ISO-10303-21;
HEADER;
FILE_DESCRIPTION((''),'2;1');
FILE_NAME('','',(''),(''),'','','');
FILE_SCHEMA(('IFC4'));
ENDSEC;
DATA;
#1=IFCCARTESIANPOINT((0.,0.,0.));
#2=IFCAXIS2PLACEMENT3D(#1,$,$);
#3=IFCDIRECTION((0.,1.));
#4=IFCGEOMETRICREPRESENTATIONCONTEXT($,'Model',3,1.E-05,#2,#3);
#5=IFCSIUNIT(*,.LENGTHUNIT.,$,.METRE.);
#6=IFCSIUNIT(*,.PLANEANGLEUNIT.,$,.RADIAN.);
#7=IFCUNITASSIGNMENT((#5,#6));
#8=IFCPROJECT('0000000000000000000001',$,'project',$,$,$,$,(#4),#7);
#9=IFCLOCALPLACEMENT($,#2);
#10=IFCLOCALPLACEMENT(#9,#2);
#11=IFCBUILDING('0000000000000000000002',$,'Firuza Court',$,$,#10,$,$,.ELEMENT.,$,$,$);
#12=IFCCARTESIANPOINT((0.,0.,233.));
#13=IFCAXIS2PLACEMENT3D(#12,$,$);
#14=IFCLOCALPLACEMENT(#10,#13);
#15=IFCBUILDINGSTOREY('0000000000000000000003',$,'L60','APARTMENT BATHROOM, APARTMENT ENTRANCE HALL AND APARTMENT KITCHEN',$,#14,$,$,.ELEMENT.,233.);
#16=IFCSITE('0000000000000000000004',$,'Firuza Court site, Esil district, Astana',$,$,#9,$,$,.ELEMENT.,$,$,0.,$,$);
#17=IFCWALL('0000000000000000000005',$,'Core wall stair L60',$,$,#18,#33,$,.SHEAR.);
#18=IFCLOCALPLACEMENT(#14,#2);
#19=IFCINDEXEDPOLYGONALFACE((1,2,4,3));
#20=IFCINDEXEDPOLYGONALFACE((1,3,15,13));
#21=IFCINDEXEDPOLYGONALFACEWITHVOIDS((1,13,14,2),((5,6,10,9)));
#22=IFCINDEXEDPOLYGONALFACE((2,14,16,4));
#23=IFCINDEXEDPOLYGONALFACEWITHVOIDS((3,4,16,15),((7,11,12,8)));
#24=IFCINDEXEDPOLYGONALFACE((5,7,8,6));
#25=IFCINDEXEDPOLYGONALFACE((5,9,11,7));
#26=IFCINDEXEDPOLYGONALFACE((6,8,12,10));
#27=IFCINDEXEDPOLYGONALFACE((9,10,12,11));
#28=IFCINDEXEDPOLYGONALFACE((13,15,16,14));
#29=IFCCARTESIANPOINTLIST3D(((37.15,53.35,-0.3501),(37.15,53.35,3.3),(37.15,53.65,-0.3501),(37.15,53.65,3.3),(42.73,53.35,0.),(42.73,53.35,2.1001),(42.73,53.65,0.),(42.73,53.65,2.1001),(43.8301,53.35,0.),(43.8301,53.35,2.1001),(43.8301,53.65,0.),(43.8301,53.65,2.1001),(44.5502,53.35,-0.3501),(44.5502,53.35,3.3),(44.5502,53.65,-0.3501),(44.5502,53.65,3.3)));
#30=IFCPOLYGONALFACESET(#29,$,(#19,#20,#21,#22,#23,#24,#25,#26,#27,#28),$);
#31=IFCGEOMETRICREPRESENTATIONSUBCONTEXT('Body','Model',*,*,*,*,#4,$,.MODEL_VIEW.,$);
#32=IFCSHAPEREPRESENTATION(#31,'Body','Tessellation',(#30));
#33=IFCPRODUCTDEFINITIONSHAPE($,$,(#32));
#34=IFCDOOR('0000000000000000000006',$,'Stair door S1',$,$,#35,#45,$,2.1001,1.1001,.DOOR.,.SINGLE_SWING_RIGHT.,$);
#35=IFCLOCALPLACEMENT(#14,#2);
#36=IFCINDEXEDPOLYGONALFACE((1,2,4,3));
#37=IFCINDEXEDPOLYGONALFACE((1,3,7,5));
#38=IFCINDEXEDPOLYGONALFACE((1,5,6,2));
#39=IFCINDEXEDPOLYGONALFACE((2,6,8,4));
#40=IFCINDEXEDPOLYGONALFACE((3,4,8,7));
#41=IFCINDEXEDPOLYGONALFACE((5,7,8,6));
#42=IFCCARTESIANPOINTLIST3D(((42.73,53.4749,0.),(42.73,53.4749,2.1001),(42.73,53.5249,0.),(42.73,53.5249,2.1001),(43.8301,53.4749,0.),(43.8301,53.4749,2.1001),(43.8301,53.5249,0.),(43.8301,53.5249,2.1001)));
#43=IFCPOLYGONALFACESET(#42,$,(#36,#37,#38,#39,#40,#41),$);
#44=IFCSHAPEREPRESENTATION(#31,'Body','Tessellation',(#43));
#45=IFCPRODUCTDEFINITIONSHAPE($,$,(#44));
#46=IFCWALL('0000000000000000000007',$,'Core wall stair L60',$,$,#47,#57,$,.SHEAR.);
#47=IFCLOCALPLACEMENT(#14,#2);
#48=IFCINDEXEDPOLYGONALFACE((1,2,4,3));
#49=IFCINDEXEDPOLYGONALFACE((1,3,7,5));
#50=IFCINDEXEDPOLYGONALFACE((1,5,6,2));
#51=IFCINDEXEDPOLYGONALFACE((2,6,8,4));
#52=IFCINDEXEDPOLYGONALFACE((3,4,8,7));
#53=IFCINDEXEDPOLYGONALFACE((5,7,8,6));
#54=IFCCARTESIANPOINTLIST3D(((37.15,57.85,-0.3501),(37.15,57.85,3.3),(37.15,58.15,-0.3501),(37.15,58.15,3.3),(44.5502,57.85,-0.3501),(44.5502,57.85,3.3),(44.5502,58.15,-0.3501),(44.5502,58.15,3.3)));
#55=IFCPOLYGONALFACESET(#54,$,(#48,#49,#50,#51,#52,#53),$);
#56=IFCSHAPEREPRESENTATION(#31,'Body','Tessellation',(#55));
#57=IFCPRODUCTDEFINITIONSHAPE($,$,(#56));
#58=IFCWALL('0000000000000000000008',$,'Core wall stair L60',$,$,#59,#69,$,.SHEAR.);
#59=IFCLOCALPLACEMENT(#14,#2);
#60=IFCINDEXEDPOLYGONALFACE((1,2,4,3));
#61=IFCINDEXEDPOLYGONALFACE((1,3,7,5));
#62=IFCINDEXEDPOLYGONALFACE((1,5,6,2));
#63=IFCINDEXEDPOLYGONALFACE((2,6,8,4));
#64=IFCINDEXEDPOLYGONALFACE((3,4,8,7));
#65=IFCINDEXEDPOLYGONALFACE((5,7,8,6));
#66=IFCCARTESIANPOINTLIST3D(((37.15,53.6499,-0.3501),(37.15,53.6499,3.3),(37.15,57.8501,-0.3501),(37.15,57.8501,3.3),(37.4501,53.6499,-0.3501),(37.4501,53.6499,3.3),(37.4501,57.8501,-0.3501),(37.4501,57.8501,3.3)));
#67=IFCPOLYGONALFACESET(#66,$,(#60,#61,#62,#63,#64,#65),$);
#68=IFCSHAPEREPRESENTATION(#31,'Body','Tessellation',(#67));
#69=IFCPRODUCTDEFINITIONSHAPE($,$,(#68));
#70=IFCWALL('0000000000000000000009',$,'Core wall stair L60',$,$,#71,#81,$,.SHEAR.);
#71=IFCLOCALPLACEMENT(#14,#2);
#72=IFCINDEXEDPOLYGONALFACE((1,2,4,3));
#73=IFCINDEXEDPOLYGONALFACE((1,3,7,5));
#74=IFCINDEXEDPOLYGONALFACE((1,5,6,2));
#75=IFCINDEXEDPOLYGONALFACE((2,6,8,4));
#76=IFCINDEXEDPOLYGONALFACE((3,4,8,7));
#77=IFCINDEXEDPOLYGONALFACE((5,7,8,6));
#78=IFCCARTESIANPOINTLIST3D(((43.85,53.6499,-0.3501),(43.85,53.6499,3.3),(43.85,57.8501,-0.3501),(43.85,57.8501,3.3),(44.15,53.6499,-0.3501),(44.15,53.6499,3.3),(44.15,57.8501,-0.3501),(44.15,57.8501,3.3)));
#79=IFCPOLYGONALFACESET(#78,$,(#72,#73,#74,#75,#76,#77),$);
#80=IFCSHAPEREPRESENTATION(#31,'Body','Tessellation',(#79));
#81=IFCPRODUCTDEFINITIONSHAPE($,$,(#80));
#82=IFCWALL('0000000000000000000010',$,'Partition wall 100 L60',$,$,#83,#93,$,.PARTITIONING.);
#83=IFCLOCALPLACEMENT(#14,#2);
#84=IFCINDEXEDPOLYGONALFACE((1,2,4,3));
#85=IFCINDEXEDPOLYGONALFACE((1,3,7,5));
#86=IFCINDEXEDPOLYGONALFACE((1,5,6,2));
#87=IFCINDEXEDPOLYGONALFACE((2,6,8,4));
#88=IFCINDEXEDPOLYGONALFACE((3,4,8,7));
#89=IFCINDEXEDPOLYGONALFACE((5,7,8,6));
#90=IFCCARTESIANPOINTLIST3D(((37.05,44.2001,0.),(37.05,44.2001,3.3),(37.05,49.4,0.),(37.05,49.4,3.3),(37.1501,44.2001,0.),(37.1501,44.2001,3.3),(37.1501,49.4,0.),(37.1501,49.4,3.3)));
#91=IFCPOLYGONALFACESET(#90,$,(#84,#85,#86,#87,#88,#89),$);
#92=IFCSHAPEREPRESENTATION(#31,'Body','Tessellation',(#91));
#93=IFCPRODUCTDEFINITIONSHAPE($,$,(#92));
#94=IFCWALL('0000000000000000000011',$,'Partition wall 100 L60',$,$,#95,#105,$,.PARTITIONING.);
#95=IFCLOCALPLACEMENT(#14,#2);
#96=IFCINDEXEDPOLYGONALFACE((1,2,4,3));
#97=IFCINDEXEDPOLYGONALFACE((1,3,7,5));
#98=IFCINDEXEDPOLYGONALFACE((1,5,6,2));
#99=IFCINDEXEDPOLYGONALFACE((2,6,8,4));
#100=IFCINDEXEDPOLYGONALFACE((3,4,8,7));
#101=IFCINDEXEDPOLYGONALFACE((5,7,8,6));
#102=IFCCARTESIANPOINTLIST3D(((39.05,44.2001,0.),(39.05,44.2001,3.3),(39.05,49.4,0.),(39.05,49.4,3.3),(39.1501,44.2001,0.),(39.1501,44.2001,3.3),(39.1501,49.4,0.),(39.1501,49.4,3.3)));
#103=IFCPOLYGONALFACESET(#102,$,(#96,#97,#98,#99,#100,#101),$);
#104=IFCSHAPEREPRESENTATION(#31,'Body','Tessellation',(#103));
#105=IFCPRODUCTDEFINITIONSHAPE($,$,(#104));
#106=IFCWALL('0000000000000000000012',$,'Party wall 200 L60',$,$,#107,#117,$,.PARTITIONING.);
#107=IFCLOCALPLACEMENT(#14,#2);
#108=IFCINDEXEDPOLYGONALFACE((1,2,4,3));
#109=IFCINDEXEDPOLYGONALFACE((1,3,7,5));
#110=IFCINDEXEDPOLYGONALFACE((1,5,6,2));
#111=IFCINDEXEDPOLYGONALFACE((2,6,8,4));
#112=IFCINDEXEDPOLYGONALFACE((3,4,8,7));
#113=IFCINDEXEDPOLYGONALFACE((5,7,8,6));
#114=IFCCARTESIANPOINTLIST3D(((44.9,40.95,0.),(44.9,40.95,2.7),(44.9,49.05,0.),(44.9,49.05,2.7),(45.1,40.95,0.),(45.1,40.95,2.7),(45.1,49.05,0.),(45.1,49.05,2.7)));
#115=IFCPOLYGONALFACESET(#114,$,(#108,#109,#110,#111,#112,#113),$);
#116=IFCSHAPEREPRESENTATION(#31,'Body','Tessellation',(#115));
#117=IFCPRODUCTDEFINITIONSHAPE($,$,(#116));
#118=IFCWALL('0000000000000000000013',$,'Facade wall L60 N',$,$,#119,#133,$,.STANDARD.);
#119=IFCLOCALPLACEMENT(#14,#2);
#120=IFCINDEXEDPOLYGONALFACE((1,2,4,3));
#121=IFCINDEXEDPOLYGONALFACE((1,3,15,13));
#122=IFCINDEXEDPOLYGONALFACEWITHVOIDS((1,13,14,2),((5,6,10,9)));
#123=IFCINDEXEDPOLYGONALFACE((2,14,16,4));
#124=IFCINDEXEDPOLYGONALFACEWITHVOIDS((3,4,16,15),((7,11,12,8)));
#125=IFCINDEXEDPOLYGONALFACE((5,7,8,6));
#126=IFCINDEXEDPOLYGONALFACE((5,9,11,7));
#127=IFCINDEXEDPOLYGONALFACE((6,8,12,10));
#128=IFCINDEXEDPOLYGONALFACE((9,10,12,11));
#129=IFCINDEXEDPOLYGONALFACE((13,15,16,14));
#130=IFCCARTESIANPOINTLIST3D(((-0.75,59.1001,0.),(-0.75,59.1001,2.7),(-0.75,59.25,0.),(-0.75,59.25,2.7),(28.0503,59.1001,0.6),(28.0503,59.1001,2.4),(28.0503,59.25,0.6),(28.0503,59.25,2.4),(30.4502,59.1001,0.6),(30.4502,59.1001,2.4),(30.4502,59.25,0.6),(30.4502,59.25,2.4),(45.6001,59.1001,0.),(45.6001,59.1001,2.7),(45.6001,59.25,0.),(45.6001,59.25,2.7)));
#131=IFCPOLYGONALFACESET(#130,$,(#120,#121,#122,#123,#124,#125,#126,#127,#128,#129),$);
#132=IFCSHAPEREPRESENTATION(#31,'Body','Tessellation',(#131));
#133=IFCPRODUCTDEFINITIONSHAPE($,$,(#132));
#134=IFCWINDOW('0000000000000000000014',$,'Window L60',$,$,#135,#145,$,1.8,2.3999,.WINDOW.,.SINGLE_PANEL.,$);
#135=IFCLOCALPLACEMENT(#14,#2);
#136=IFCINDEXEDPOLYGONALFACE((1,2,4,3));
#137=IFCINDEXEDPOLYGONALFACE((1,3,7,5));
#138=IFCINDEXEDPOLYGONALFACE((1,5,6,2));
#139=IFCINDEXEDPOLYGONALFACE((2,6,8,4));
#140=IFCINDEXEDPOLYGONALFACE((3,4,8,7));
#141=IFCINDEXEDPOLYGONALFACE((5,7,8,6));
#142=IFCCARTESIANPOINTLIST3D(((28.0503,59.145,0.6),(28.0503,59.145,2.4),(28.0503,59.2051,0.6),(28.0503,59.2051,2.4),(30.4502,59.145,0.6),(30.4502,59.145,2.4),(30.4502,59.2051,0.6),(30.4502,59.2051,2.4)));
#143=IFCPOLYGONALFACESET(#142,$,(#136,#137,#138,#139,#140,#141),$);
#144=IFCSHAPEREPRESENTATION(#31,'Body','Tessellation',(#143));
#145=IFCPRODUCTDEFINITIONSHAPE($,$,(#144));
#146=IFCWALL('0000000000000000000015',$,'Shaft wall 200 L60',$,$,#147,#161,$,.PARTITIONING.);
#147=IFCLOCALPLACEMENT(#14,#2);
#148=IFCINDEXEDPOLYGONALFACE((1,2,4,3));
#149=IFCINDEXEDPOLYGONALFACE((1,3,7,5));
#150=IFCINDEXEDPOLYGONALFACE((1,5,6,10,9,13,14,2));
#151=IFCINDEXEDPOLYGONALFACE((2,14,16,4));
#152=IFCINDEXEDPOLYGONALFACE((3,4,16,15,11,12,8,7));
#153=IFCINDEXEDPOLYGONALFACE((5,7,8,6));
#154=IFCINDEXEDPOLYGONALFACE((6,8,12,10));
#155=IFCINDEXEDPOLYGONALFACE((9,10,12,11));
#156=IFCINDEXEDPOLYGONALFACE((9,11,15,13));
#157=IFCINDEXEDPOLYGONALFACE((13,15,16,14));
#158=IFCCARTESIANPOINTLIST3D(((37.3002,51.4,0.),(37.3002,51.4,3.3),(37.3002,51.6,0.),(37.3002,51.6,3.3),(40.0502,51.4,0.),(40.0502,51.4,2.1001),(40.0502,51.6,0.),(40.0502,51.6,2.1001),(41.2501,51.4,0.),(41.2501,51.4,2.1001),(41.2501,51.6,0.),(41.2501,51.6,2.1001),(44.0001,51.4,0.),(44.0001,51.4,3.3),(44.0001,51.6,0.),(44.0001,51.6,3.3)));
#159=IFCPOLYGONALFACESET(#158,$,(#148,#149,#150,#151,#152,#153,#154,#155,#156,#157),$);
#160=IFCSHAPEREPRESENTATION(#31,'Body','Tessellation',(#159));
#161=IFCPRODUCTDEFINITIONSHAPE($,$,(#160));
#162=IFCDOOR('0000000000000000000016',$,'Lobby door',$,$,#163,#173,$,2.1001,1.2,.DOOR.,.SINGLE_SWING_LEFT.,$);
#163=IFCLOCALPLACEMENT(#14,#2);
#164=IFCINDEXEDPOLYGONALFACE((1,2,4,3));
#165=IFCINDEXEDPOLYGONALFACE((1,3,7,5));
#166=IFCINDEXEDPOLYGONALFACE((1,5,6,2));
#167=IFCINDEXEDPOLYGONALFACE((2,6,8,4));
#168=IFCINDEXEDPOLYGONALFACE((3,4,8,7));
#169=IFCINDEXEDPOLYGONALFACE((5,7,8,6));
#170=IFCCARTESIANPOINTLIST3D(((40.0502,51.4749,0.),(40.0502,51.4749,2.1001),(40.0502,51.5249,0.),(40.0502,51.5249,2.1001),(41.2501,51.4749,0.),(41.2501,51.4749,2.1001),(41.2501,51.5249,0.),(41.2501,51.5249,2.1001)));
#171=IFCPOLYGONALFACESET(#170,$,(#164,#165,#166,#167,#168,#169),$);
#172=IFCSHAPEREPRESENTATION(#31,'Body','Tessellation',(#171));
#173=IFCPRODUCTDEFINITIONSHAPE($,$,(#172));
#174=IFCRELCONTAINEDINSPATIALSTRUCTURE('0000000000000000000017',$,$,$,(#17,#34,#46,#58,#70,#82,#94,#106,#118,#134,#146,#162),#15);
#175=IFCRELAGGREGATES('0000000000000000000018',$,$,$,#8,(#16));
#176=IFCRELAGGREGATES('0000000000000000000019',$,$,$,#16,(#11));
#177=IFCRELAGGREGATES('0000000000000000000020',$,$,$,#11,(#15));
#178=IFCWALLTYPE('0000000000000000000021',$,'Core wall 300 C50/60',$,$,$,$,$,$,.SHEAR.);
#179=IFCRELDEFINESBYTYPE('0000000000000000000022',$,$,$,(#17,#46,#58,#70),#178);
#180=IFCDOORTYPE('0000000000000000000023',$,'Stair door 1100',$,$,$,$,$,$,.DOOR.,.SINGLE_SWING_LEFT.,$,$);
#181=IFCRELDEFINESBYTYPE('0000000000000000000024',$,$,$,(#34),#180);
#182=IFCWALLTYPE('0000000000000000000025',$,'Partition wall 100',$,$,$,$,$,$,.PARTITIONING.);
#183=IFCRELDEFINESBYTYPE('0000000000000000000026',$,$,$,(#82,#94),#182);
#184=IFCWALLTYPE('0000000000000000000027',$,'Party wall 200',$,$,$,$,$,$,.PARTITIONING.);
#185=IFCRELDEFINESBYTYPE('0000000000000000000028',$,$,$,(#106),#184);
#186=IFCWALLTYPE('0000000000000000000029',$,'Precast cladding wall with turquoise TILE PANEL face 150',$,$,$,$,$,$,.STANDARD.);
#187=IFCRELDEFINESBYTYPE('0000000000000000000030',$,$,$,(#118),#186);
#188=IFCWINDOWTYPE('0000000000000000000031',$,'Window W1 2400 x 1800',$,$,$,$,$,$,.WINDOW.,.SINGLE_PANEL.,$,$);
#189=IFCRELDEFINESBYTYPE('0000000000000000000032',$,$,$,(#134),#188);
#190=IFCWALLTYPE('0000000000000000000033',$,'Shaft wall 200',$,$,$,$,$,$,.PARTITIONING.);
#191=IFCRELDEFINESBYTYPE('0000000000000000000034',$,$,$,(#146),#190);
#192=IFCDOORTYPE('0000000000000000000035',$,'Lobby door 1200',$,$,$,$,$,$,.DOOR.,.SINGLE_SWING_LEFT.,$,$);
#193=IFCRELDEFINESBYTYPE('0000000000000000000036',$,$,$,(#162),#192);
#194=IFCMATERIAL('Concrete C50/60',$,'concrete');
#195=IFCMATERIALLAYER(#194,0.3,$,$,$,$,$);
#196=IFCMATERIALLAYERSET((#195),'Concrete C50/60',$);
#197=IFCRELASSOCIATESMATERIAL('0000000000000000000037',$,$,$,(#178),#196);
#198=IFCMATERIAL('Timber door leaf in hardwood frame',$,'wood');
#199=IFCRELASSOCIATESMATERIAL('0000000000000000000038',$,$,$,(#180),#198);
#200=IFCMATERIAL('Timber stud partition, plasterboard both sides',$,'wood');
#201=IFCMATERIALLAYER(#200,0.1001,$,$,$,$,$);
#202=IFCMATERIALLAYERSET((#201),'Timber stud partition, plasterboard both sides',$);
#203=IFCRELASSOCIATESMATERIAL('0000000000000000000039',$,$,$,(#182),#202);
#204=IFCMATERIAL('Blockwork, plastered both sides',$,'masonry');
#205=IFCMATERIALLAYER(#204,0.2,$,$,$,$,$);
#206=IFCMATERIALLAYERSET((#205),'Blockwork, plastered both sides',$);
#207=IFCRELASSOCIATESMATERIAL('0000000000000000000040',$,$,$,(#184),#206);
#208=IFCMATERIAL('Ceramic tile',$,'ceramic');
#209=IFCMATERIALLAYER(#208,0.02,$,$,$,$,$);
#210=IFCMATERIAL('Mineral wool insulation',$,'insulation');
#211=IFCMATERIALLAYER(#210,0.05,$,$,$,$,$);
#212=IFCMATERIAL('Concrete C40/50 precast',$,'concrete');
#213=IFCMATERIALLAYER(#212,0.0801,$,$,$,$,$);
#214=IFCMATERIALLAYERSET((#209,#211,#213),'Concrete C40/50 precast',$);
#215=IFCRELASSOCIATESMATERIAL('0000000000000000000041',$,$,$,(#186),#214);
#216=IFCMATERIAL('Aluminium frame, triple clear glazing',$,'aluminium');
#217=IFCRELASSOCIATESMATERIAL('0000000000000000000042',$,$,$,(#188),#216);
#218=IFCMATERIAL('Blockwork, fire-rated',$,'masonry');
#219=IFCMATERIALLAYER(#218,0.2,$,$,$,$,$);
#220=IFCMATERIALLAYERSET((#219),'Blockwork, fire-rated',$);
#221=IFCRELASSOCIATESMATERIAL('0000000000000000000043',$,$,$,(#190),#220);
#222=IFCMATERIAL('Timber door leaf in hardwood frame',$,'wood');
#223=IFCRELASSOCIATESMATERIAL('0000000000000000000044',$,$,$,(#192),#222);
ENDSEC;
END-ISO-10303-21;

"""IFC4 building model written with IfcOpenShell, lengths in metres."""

from ifc_helpers import new_model, si_unit, direction, frame, frame_2d, origin, place, context, subcontext, project, spatial, rectangle, extrude, material, layer, layer_set, type_object, element, fill, save


model = new_model("IFC4")

# Units and contexts
model_context = context("Model", 3, precision=1e-05, world=origin(), true_north=direction((0.0, 1.0)))
body_context = subcontext(model_context, "Body", "Model", "MODEL_VIEW")
ifc_project = project(units=[si_unit("LENGTHUNIT", "METRE"), si_unit("PLANEANGLEUNIT", "RADIAN")], contexts=[model_context])

# Site, building, storey
site_placement = place(None, origin())
site = spatial("IfcSite", under=ifc_project, at=site_placement, Name="Firuza Court site, Esil district, Astana", CompositionType="ELEMENT", RefElevation=0.0)
building_placement = place(site_placement, origin())
building = spatial("IfcBuilding", under=site, at=building_placement, Name="Firuza Court", CompositionType="ELEMENT")
storey_placement = place(building_placement, frame((0.0, 0.0, 233.0)))
storey = spatial("IfcBuildingStorey", under=building, at=storey_placement, Name="L60", Description="APARTMENT BATHROOM, APARTMENT ENTRANCE HALL AND APARTMENT KITCHEN", CompositionType="ELEMENT", Elevation=233.0)

# Wall, opening, door
ifc_material_1 = material(Name="Concrete C50/60", Category="concrete")
ifc_layer_1 = layer(ifc_material_1, 0.3)
ifc_layer_set_1 = layer_set([ifc_layer_1], Name="Concrete C50/60")
wall_type_1 = type_object("IfcWallType", Name="Core wall 300 C50/60", PredefinedType="SHEAR", material=ifc_layer_set_1)
wall_1_placement = place(storey_placement, frame((37.1499, 53.5, -0.3501), z_axis=(0.0, 0.0, 1.0), x_axis=(1.0, 0.0, 0.0)))
wall_1 = element("IfcWall", 1, at=wall_1_placement, inside=storey, type_object=wall_type_1, Name="Core wall stair L60", PredefinedType="SHEAR", context=body_context, shape_type="SweptSolid", body=[
    extrude(rectangle(XDim=7.4001, YDim=0.3, at=frame_2d((3.7002, 0.0))), origin(), (0.0, 0.0, 1.0), 3.6501),
])
opening_1_placement = place(wall_1_placement, frame((5.5801, 0.0, 0.3501)))
opening_1 = element("IfcOpeningElement", 2, at=opening_1_placement, cuts=wall_1, PredefinedType="OPENING", context=body_context, shape_type="SweptSolid", body=[
    extrude(rectangle(XDim=1.1001, YDim=2.1001, at=frame_2d((0.55, 1.05))), frame((0.0, 0.1621, 0.0), z_axis=(0.0, -1.0, 0.0), x_axis=(1.0, 0.0, 0.0)), (0.0, 0.0, 1.0), 0.324),
])
ifc_material_2 = material(Name="Timber door leaf in hardwood frame", Category="wood")
door_type_1 = type_object("IfcDoorType", Name="Stair door 1100", OperationType="SINGLE_SWING_LEFT", PredefinedType="DOOR", material=ifc_material_2)
door_1_placement = place(opening_1_placement, origin())
door_1 = element("IfcDoor", 3, at=door_1_placement, inside=storey, type_object=door_type_1, Name="Stair door S1", OperationType="SINGLE_SWING_RIGHT", OverallHeight=2.1001, OverallWidth=1.1001, PredefinedType="DOOR", context=body_context, shape_type="SweptSolid", body=[
    extrude(rectangle(XDim=1.1001, YDim=2.1001, at=frame_2d((0.55, 1.05))), frame((0.0, 0.0249, 0.0), z_axis=(0.0, -1.0, 0.0), x_axis=(1.0, 0.0, 0.0)), (0.0, 0.0, 1.0), 0.05),
])
fill(opening_1, door_1)

# Walls
wall_2_placement = place(storey_placement, frame((37.1499, 58.0, -0.3501), z_axis=(0.0, 0.0, 1.0), x_axis=(1.0, 0.0, 0.0)))
element("IfcWall", 4, at=wall_2_placement, inside=storey, type_object=wall_type_1, Name="Core wall stair L60", PredefinedType="SHEAR", context=body_context, shape_type="SweptSolid", body=[
    extrude(rectangle(XDim=7.4001, YDim=0.3, at=frame_2d((3.7002, 0.0))), origin(), (0.0, 0.0, 1.0), 3.6501),
])
for number, where, z_axis, x_axis, name in (
    (5, (37.3, 53.6499, -0.3501), (0.0, 0.0, 1.0), (0.0, 1.0, 0.0), "Core wall stair L60"),
    (6, (44.0, 53.6499, -0.3501), (0.0, 0.0, 1.0), (0.0, 1.0, 0.0), "Core wall stair L60"),
):
    element("IfcWall", number, at=place(storey_placement, frame(where, z_axis=z_axis, x_axis=x_axis)), inside=storey, type_object=wall_type_1, Name=name, PredefinedType="SHEAR", context=body_context, shape_type="SweptSolid", body=[
        extrude(rectangle(XDim=4.2002, YDim=0.3, at=frame_2d((2.1001, 0.0))), origin(), (0.0, 0.0, 1.0), 3.6501),
    ])
ifc_material_3 = material(Name="Timber stud partition, plasterboard both sides", Category="wood")
ifc_layer_2 = layer(ifc_material_3, 0.1001)
ifc_layer_set_2 = layer_set([ifc_layer_2], Name="Timber stud partition, plasterboard both sides")
wall_type_2 = type_object("IfcWallType", Name="Partition wall 100", PredefinedType="PARTITIONING", material=ifc_layer_set_2)
for number, where, z_axis, x_axis, name in (
    (7, (37.1001, 44.2, 0.0), (0.0, 0.0, 1.0), (0.0, 1.0, 0.0), "Partition wall 100 L60"),
    (8, (39.1001, 44.2, 0.0), (0.0, 0.0, 1.0), (0.0, 1.0, 0.0), "Partition wall 100 L60"),
):
    element("IfcWall", number, at=place(storey_placement, frame(where, z_axis=z_axis, x_axis=x_axis)), inside=storey, type_object=wall_type_2, Name=name, PredefinedType="PARTITIONING", context=body_context, shape_type="SweptSolid", body=[
        extrude(rectangle(XDim=5.2, YDim=0.1001, at=frame_2d((2.6001, 0.0))), origin(), (0.0, 0.0, 1.0), 3.3),
    ])
ifc_material_4 = material(Name="Blockwork, plastered both sides", Category="masonry")
ifc_layer_3 = layer(ifc_material_4, 0.2)
ifc_layer_set_3 = layer_set([ifc_layer_3], Name="Blockwork, plastered both sides")
wall_type_3 = type_object("IfcWallType", Name="Party wall 200", PredefinedType="PARTITIONING", material=ifc_layer_set_3)
wall_3_placement = place(storey_placement, frame((45.0, 40.95, 0.0), z_axis=(0.0, 0.0, 1.0), x_axis=(0.0, 1.0, 0.0)))
element("IfcWall", 9, at=wall_3_placement, inside=storey, type_object=wall_type_3, Name="Party wall 200 L60", PredefinedType="PARTITIONING", context=body_context, shape_type="SweptSolid", body=[
    extrude(rectangle(XDim=8.1001, YDim=0.2, at=frame_2d((4.05, 0.0))), origin(), (0.0, 0.0, 1.0), 2.7),
])

# Wall, opening, window
ifc_material_5 = material(Name="Ceramic tile", Category="ceramic")
ifc_layer_4 = layer(ifc_material_5, 0.02)
ifc_material_6 = material(Name="Mineral wool insulation", Category="insulation")
ifc_layer_5 = layer(ifc_material_6, 0.05)
ifc_material_7 = material(Name="Concrete C40/50 precast", Category="concrete")
ifc_layer_6 = layer(ifc_material_7, 0.0801)
ifc_layer_set_4 = layer_set([ifc_layer_4, ifc_layer_5, ifc_layer_6], Name="Concrete C40/50 precast")
wall_type_4 = type_object("IfcWallType", Name="Precast cladding wall with turquoise TILE PANEL face 150", PredefinedType="STANDARD", material=ifc_layer_set_4)
wall_4_placement = place(storey_placement, frame((45.6001, 59.175, 0.0), z_axis=(0.0, 0.0, 1.0), x_axis=(-1.0, 0.0, 0.0)))
wall_4 = element("IfcWall", 10, at=wall_4_placement, inside=storey, type_object=wall_type_4, Name="Facade wall L60 N", PredefinedType="STANDARD", context=body_context, shape_type="SweptSolid", body=[
    extrude(rectangle(XDim=46.3501, YDim=0.1499, at=frame_2d((23.175, 0.0))), origin(), (0.0, 0.0, 1.0), 2.7),
])
opening_2_placement = place(wall_4_placement, frame((15.1499, 0.0, 0.6001)))
opening_2 = element("IfcOpeningElement", 11, at=opening_2_placement, cuts=wall_4, PredefinedType="OPENING", context=body_context, shape_type="SweptSolid", body=[
    extrude(rectangle(XDim=2.3999, YDim=1.8, at=frame_2d((1.2, 0.8999))), frame((0.0, 0.0869, 0.0), z_axis=(0.0, -1.0, 0.0), x_axis=(1.0, 0.0, 0.0)), (0.0, 0.0, 1.0), 0.1738),
])
ifc_material_8 = material(Name="Aluminium frame, triple clear glazing", Category="aluminium")
window_type = type_object("IfcWindowType", Name="Window W1 2400 x 1800", PartitioningType="SINGLE_PANEL", PredefinedType="WINDOW", material=ifc_material_8)
window_placement = place(opening_2_placement, origin())
window = element("IfcWindow", 12, at=window_placement, inside=storey, type_object=window_type, Name="Window L60", OverallHeight=1.8, OverallWidth=2.3999, PartitioningType="SINGLE_PANEL", PredefinedType="WINDOW", context=body_context, shape_type="SweptSolid", body=[
    extrude(rectangle(XDim=2.3999, YDim=1.8, at=frame_2d((1.2, 0.8999))), frame((0.0, 0.03, 0.0), z_axis=(0.0, -1.0, 0.0), x_axis=(1.0, 0.0, 0.0)), (0.0, 0.0, 1.0), 0.0601),
])
fill(opening_2, window)

# Wall, opening, door
ifc_material_9 = material(Name="Blockwork, fire-rated", Category="masonry")
ifc_layer_7 = layer(ifc_material_9, 0.2)
ifc_layer_set_5 = layer_set([ifc_layer_7], Name="Blockwork, fire-rated")
wall_type_5 = type_object("IfcWallType", Name="Shaft wall 200", PredefinedType="PARTITIONING", material=ifc_layer_set_5)
wall_5_placement = place(storey_placement, frame((37.3, 51.5, 0.0), z_axis=(0.0, 0.0, 1.0), x_axis=(1.0, 0.0, 0.0)))
wall_5 = element("IfcWall", 13, at=wall_5_placement, inside=storey, type_object=wall_type_5, Name="Shaft wall 200 L60", PredefinedType="PARTITIONING", context=body_context, shape_type="SweptSolid", body=[
    extrude(rectangle(XDim=6.7, YDim=0.2, at=frame_2d((3.3501, 0.0))), origin(), (0.0, 0.0, 1.0), 3.3),
])
opening_3_placement = place(wall_5_placement, frame((2.75, 0.0, 0.0)))
opening_3 = element("IfcOpeningElement", 14, at=opening_3_placement, cuts=wall_5, PredefinedType="OPENING", context=body_context, shape_type="SweptSolid", body=[
    extrude(rectangle(XDim=1.2, YDim=2.1001, at=frame_2d((0.6001, 1.05))), frame((0.0, 0.1118, 0.0), z_axis=(0.0, -1.0, 0.0), x_axis=(1.0, 0.0, 0.0)), (0.0, 0.0, 1.0), 0.2239),
])
ifc_material_10 = material(Name="Timber door leaf in hardwood frame", Category="wood")
door_type_2 = type_object("IfcDoorType", Name="Lobby door 1200", OperationType="SINGLE_SWING_LEFT", PredefinedType="DOOR", material=ifc_material_10)
door_2_placement = place(opening_3_placement, origin())
door_2 = element("IfcDoor", 15, at=door_2_placement, inside=storey, type_object=door_type_2, Name="Lobby door", OperationType="SINGLE_SWING_LEFT", OverallHeight=2.1001, OverallWidth=1.2, PredefinedType="DOOR", context=body_context, shape_type="SweptSolid", body=[
    extrude(rectangle(XDim=1.2, YDim=2.1001, at=frame_2d((0.6001, 1.05))), frame((0.0, 0.0249, 0.0), z_axis=(0.0, -1.0, 0.0), x_axis=(1.0, 0.0, 0.0)), (0.0, 0.0, 1.0), 0.05),
])
fill(opening_3, door_2)

save(model, "model.ifc")
